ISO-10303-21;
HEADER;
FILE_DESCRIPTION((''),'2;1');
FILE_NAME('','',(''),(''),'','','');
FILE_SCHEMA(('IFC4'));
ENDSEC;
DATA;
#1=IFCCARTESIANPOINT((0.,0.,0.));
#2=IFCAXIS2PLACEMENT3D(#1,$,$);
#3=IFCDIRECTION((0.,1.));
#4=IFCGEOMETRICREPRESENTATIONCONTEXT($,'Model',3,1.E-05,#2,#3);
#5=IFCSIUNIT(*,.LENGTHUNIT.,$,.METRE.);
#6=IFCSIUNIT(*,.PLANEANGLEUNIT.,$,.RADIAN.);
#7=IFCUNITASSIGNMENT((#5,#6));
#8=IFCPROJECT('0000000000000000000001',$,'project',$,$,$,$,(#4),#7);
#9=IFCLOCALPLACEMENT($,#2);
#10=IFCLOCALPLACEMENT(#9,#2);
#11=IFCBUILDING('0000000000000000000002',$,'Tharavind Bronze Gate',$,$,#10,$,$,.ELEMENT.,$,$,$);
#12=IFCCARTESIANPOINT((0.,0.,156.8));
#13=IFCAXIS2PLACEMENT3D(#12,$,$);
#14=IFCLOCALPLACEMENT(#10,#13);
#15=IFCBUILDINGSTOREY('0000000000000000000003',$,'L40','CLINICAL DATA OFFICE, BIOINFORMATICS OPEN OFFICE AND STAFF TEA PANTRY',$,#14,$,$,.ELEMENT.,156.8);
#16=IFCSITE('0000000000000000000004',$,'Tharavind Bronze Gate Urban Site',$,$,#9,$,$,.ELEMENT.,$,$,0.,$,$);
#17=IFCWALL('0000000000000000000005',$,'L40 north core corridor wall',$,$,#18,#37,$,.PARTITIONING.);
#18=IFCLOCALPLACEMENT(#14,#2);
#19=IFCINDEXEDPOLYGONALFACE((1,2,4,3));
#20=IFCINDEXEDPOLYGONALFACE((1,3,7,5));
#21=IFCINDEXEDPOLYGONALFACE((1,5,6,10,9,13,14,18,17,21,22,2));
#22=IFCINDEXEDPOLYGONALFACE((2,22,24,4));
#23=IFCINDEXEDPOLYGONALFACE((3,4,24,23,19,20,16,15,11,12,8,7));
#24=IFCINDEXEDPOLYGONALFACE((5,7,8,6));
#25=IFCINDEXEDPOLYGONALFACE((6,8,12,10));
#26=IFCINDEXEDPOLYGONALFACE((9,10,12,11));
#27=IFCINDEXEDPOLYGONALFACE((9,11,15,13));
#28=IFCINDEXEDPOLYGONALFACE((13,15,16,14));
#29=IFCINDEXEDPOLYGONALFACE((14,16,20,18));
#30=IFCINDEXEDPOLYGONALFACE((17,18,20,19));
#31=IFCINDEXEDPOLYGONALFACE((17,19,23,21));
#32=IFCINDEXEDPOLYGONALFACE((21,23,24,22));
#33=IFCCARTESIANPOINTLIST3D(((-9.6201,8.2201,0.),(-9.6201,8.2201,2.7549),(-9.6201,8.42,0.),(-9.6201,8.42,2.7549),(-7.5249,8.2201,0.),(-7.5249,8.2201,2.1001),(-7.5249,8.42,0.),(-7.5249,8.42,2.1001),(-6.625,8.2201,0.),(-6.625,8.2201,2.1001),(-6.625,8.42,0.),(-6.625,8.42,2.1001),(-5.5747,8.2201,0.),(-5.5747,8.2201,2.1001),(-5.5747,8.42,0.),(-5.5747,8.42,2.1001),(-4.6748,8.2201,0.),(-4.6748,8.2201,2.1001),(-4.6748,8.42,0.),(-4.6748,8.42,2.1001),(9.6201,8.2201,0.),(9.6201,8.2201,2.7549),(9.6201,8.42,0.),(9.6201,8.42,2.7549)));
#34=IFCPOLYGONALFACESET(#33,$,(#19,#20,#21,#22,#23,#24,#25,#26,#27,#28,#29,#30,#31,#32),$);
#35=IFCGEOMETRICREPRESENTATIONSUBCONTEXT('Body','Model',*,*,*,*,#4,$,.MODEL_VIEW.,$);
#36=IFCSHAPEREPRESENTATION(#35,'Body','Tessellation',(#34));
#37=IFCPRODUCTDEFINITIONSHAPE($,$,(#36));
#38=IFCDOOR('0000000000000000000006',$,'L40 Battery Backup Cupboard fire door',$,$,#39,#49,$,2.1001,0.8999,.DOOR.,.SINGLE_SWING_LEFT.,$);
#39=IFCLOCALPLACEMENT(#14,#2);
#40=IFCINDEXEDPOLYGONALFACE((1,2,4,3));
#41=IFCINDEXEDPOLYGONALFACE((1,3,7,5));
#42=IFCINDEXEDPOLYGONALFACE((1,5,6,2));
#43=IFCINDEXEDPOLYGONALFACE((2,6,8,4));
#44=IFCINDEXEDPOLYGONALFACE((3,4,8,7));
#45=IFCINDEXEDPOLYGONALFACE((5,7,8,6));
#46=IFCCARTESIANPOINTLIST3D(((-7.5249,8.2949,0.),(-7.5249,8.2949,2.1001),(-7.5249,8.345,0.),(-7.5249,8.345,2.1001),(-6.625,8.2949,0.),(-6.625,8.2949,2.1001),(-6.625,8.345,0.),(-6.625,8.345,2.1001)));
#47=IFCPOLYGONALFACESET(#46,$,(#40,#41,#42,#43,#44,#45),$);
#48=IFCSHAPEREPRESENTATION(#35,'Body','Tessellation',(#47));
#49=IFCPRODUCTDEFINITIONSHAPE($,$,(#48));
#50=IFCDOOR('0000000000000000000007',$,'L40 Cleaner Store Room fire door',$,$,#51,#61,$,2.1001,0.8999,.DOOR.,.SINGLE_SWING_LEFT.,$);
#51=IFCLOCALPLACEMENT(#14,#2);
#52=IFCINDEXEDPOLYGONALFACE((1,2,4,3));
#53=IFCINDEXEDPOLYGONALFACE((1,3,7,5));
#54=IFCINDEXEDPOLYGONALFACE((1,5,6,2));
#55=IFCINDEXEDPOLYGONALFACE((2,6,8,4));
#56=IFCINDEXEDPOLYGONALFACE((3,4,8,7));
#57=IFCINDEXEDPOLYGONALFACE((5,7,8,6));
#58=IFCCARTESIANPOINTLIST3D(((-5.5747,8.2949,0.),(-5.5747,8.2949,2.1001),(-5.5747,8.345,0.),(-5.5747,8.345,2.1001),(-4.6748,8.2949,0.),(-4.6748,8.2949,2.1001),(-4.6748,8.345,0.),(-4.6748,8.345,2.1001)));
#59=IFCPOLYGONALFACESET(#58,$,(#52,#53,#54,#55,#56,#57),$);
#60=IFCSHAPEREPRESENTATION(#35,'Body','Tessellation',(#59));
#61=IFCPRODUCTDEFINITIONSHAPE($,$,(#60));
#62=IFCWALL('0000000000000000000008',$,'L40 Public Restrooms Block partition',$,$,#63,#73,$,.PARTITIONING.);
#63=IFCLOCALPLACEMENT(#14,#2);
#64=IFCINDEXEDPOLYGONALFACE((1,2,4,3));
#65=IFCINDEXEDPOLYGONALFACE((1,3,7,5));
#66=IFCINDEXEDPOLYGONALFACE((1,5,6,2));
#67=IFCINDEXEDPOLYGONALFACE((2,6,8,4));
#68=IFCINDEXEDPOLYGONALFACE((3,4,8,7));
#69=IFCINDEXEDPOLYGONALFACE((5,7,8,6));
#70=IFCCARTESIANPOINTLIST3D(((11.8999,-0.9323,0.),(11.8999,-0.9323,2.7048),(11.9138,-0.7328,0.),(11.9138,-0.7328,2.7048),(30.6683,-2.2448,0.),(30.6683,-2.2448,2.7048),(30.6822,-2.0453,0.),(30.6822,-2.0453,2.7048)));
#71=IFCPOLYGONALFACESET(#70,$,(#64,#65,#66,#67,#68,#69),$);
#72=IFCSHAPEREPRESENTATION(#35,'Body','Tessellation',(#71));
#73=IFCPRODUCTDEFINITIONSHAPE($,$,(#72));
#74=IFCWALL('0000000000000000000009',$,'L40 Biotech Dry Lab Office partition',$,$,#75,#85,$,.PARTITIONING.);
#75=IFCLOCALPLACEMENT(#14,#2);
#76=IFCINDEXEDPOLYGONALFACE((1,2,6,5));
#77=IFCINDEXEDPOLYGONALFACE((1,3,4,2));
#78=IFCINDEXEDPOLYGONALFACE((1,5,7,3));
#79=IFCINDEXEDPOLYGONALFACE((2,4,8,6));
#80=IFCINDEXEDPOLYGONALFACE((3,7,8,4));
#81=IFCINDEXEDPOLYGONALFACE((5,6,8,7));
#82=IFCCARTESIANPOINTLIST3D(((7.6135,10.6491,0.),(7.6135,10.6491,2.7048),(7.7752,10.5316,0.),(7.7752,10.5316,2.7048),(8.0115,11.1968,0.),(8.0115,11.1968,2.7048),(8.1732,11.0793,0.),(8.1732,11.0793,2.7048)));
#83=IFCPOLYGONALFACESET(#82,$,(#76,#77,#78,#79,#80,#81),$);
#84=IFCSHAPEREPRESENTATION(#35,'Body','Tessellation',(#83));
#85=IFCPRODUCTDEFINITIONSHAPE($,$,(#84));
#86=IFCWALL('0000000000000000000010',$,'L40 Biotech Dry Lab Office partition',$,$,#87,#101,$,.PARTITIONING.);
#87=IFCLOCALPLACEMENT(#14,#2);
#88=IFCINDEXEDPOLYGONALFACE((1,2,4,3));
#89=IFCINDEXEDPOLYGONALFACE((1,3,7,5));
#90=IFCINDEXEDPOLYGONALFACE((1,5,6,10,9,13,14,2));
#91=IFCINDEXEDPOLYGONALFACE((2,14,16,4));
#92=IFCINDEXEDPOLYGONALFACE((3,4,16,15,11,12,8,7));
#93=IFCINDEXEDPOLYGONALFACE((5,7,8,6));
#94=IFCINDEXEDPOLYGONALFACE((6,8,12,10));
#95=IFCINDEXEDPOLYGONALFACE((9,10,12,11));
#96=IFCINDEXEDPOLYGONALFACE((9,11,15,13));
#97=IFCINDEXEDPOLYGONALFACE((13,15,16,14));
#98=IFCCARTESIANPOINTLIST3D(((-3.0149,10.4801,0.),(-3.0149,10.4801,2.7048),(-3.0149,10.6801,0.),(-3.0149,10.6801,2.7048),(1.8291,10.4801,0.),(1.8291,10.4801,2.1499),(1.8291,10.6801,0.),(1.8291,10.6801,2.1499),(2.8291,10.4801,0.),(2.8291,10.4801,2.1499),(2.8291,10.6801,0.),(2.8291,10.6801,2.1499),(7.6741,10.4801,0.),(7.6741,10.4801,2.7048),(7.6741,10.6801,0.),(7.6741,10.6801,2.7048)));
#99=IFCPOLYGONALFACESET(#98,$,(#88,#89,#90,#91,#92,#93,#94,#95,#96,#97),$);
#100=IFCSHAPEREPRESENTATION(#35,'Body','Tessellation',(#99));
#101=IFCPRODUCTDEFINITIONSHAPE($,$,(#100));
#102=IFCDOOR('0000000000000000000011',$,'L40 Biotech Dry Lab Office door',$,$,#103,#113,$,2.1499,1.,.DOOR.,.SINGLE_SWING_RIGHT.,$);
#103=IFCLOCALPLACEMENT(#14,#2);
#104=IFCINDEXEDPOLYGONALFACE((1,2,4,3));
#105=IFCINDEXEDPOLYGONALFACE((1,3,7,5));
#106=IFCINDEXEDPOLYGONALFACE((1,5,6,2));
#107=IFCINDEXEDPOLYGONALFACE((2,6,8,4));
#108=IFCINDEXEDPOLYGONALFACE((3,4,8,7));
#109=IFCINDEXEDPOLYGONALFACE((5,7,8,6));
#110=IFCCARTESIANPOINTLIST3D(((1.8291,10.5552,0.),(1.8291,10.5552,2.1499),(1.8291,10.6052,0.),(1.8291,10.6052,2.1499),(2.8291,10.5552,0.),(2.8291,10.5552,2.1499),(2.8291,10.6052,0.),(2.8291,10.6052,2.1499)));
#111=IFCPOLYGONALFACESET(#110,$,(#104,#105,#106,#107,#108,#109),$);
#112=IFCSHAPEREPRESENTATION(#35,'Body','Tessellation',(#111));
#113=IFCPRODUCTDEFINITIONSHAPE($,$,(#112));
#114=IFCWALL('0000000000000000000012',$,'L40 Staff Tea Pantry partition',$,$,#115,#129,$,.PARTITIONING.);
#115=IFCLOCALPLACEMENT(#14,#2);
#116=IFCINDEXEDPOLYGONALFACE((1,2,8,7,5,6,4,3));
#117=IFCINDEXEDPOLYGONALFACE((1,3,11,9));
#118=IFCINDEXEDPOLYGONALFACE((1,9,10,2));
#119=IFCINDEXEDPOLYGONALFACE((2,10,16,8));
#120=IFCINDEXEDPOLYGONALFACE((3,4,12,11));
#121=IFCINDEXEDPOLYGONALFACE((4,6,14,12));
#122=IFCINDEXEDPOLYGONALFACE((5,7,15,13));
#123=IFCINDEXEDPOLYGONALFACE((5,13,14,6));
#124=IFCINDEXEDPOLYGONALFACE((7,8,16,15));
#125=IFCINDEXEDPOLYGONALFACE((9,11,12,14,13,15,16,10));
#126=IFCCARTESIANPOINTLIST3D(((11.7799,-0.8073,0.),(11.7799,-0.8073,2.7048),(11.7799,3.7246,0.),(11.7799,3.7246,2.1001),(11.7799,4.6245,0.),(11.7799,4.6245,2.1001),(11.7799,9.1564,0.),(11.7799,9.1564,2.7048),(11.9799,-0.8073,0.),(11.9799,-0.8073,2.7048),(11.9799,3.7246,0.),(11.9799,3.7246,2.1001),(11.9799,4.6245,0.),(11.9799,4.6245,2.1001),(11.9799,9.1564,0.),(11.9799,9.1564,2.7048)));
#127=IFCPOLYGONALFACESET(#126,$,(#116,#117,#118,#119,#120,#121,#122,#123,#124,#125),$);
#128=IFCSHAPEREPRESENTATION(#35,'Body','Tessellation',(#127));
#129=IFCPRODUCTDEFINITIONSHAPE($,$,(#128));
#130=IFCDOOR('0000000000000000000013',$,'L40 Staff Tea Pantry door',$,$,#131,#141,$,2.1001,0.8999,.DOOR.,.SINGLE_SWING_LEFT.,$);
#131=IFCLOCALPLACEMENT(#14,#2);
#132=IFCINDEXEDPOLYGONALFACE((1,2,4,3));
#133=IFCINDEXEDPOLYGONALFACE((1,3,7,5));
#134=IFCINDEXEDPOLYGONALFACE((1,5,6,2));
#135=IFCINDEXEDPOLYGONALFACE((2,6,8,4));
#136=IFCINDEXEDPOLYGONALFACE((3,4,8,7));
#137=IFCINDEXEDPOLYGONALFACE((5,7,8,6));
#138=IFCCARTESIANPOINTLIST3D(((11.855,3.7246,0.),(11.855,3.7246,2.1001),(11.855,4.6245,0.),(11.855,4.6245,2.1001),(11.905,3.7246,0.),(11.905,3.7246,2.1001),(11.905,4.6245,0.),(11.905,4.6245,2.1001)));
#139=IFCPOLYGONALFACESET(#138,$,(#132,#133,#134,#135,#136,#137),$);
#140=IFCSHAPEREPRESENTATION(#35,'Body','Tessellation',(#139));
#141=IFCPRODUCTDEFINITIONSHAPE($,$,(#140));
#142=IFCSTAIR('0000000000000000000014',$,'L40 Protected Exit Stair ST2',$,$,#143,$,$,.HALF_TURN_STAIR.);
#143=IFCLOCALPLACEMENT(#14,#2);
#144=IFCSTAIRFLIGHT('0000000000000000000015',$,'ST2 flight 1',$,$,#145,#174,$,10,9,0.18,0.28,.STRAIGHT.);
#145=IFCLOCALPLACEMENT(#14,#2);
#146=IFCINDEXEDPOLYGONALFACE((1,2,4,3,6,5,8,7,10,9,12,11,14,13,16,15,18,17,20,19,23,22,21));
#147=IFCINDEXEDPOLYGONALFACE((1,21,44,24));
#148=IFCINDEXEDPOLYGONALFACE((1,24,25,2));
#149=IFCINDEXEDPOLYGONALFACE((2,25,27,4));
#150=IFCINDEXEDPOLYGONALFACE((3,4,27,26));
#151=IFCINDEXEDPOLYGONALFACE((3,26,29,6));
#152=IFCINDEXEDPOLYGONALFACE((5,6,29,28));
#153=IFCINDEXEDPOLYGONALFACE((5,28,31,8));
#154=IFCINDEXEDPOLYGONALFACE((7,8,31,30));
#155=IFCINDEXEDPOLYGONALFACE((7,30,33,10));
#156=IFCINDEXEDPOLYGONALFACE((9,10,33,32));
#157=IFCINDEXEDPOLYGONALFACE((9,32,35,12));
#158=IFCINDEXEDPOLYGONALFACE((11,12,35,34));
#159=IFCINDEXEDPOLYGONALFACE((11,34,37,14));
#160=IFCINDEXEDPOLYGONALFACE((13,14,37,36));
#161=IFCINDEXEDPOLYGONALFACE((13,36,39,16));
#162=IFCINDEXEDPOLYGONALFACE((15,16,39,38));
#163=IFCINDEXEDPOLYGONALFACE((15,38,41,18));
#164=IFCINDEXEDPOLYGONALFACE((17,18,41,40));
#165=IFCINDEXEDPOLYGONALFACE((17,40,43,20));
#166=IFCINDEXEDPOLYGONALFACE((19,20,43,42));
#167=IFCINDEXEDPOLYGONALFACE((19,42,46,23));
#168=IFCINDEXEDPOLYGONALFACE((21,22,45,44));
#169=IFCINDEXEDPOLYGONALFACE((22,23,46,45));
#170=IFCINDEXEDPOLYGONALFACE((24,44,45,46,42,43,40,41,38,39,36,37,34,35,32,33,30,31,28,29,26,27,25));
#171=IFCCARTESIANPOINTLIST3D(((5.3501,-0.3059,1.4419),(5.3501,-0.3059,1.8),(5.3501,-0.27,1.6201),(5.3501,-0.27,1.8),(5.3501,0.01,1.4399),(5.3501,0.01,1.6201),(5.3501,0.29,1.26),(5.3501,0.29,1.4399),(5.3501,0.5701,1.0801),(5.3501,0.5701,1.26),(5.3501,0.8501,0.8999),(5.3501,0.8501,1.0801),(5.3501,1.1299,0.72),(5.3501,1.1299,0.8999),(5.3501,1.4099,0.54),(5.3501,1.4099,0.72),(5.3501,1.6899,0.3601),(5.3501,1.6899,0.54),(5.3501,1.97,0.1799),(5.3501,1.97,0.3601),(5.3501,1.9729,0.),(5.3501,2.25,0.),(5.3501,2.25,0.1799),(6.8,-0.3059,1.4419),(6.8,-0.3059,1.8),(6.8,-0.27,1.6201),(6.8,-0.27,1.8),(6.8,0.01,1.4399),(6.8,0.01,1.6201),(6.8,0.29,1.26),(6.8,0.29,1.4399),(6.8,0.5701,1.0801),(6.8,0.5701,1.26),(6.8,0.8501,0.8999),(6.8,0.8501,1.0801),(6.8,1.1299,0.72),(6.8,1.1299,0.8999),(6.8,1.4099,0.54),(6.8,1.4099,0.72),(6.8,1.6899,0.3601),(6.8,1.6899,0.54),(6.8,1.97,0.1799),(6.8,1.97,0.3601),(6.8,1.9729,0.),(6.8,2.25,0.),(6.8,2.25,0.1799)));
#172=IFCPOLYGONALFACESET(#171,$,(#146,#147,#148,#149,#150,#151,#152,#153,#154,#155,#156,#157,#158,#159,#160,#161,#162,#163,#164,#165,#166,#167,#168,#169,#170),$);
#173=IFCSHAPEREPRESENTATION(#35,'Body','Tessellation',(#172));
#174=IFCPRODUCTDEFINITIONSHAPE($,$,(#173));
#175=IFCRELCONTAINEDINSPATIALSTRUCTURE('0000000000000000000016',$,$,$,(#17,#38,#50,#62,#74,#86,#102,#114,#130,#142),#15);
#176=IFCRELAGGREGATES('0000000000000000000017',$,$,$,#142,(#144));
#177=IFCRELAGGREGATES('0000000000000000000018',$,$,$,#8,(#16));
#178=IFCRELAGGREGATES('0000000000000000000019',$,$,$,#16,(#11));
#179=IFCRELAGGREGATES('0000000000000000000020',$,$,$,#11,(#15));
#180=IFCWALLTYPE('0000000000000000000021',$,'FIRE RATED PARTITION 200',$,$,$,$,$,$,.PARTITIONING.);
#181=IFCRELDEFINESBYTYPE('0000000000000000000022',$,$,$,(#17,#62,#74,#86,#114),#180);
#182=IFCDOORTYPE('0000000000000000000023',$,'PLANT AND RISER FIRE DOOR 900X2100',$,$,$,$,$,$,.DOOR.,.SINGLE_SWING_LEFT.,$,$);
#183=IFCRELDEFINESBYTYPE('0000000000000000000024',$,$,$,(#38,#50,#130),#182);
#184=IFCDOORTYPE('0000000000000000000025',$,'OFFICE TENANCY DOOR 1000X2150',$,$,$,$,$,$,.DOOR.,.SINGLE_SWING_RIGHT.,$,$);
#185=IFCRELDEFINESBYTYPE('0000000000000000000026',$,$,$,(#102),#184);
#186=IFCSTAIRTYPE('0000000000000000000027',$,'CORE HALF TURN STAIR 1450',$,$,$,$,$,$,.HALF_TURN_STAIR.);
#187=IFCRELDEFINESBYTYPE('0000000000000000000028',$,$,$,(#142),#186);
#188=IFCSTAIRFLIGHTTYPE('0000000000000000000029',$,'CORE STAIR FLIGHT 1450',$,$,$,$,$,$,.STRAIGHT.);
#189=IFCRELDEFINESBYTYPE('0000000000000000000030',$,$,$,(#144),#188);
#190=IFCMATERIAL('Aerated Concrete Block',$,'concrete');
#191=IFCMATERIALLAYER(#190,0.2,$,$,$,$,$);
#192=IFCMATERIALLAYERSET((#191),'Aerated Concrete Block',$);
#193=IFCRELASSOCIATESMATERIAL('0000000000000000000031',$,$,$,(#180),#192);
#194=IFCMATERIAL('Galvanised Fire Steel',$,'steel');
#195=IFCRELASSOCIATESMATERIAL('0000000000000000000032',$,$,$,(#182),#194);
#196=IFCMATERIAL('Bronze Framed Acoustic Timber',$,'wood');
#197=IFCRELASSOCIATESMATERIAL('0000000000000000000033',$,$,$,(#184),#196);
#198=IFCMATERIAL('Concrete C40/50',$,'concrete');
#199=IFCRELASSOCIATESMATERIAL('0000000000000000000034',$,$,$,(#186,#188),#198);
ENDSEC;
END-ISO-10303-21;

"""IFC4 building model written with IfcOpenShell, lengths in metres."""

from ifc_helpers import new_model, si_unit, direction, frame, frame_2d, origin, place, context, subcontext, project, spatial, polyline, rectangle, outline, extrude, material, layer, layer_set, type_object, element, fill, aggregate, save


model = new_model("IFC4")

# Units and contexts
model_context = context("Model", 3, precision=1e-05, world=origin(), true_north=direction((0.0, 1.0)))
body_context = subcontext(model_context, "Body", "Model", "MODEL_VIEW")
ifc_project = project(units=[si_unit("LENGTHUNIT", "METRE"), si_unit("PLANEANGLEUNIT", "RADIAN")], contexts=[model_context])

# Site, building, storey
site_placement = place(None, origin())
site = spatial("IfcSite", under=ifc_project, at=site_placement, Name="Tharavind Bronze Gate Urban Site", CompositionType="ELEMENT", RefElevation=0.0)
building_placement = place(site_placement, origin())
building = spatial("IfcBuilding", under=site, at=building_placement, Name="Tharavind Bronze Gate", CompositionType="ELEMENT")
storey_placement = place(building_placement, frame((0.0, 0.0, 156.8)))
storey = spatial("IfcBuildingStorey", under=building, at=storey_placement, Name="L40", Description="CLINICAL DATA OFFICE, BIOINFORMATICS OPEN OFFICE AND STAFF TEA PANTRY", CompositionType="ELEMENT", Elevation=156.8)

# Wall, openings, doors
ifc_material_1 = material(Name="Aerated Concrete Block", Category="concrete")
ifc_layer_1 = layer(ifc_material_1, 0.2)
ifc_layer_set_1 = layer_set([ifc_layer_1], Name="Aerated Concrete Block")
wall_type = type_object("IfcWallType", Name="FIRE RATED PARTITION 200", PredefinedType="PARTITIONING", material=ifc_layer_set_1)
wall_1_placement = place(storey_placement, frame((9.6201, 8.3201, 0.0), z_axis=(0.0, 0.0, 1.0), x_axis=(-1.0, 0.0, 0.0)))
wall_1 = element("IfcWall", 1, at=wall_1_placement, inside=storey, type_object=wall_type, Name="L40 north core corridor wall", PredefinedType="PARTITIONING", context=body_context, shape_type="SweptSolid", body=[
    extrude(rectangle(XDim=19.2402, YDim=0.2, at=frame_2d((9.6201, 0.0))), origin(), (0.0, 0.0, 1.0), 2.7549),
])
opening_1_placement = place(wall_1_placement, frame((16.2451, 0.0, 0.0)))
opening_1 = element("IfcOpeningElement", 2, at=opening_1_placement, cuts=wall_1, PredefinedType="OPENING", context=body_context, shape_type="SweptSolid", body=[
    extrude(rectangle(XDim=0.8999, YDim=2.1001, at=frame_2d((0.45, 1.05))), frame((0.0, 0.1101, 0.0), z_axis=(0.0, -1.0, 0.0), x_axis=(1.0, 0.0, 0.0)), (0.0, 0.0, 1.0), 0.22),
])
opening_2_placement = place(wall_1_placement, frame((14.2949, 0.0, 0.0)))
opening_2 = element("IfcOpeningElement", 3, at=opening_2_placement, cuts=wall_1, PredefinedType="OPENING", context=body_context, shape_type="SweptSolid", body=[
    extrude(rectangle(XDim=0.8999, YDim=2.1001, at=frame_2d((0.45, 1.05))), frame((0.0, 0.1101, 0.0), z_axis=(0.0, -1.0, 0.0), x_axis=(1.0, 0.0, 0.0)), (0.0, 0.0, 1.0), 0.22),
])
ifc_material_2 = material(Name="Galvanised Fire Steel", Category="steel")
door_type_1 = type_object("IfcDoorType", Name="PLANT AND RISER FIRE DOOR 900X2100", OperationType="SINGLE_SWING_LEFT", PredefinedType="DOOR", material=ifc_material_2)
door_1_placement = place(opening_1_placement, frame((0.8999, 0.0, 0.0), z_axis=(0.0, 0.0, 1.0), x_axis=(-1.0, 0.0, 0.0)))
door_1 = element("IfcDoor", 4, at=door_1_placement, inside=storey, type_object=door_type_1, Name="L40 Battery Backup Cupboard fire door", OperationType="SINGLE_SWING_LEFT", OverallHeight=2.1001, OverallWidth=0.8999, PredefinedType="DOOR", context=body_context, shape_type="SweptSolid", body=[
    extrude(rectangle(XDim=0.8999, YDim=2.1001, at=frame_2d((0.45, 1.05))), frame((0.0, 0.0249, 0.0), z_axis=(0.0, -1.0, 0.0), x_axis=(1.0, 0.0, 0.0)), (0.0, 0.0, 1.0), 0.05),
])
fill(opening_1, door_1)
door_2_placement = place(opening_2_placement, frame((0.8999, 0.0, 0.0), z_axis=(0.0, 0.0, 1.0), x_axis=(-1.0, 0.0, 0.0)))
door_2 = element("IfcDoor", 5, at=door_2_placement, inside=storey, type_object=door_type_1, Name="L40 Cleaner Store Room fire door", OperationType="SINGLE_SWING_LEFT", OverallHeight=2.1001, OverallWidth=0.8999, PredefinedType="DOOR", context=body_context, shape_type="SweptSolid", body=[
    extrude(rectangle(XDim=0.8999, YDim=2.1001, at=frame_2d((0.45, 1.05))), frame((0.0, 0.0249, 0.0), z_axis=(0.0, -1.0, 0.0), x_axis=(1.0, 0.0, 0.0)), (0.0, 0.0, 1.0), 0.05),
])
fill(opening_2, door_2)

# Walls
wall_2_placement = place(storey_placement, frame((11.9067, -0.8325, 0.0), z_axis=(0.0, 0.0, 1.0), x_axis=(0.997564, -0.069761, 0.0)))
element("IfcWall", 6, at=wall_2_placement, inside=storey, type_object=wall_type, Name="L40 Public Restrooms Block partition", PredefinedType="PARTITIONING", context=body_context, shape_type="SweptSolid", body=[
    extrude(rectangle(XDim=18.8142, YDim=0.2, at=frame_2d((9.4072, 0.0))), origin(), (0.0, 0.0, 1.0), 2.7048),
])
wall_3_placement = place(storey_placement, frame((8.0923, 11.1379, 0.0), z_axis=(0.0, 0.0, 1.0), x_axis=(-0.587871, -0.808954, 0.0)))
element("IfcWall", 7, at=wall_3_placement, inside=storey, type_object=wall_type, Name="L40 Biotech Dry Lab Office partition", PredefinedType="PARTITIONING", context=body_context, shape_type="SweptSolid", body=[
    extrude(rectangle(XDim=0.677, YDim=0.2, at=frame_2d((0.3384, 0.0))), origin(), (0.0, 0.0, 1.0), 2.7048),
])

# Walls, openings, doors
wall_4_placement = place(storey_placement, frame((7.6741, 10.5801, 0.0), z_axis=(0.0, 0.0, 1.0), x_axis=(-1.0, 0.0, 0.0)))
wall_4 = element("IfcWall", 8, at=wall_4_placement, inside=storey, type_object=wall_type, Name="L40 Biotech Dry Lab Office partition", PredefinedType="PARTITIONING", context=body_context, shape_type="SweptSolid", body=[
    extrude(rectangle(XDim=10.689, YDim=0.2, at=frame_2d((5.3445, 0.0))), origin(), (0.0, 0.0, 1.0), 2.7048),
])
opening_3_placement = place(wall_4_placement, frame((4.845, 0.0, 0.0)))
opening_3 = element("IfcOpeningElement", 9, at=opening_3_placement, cuts=wall_4, PredefinedType="OPENING", context=body_context, shape_type="SweptSolid", body=[
    extrude(rectangle(XDim=1.0, YDim=2.1499, at=frame_2d((0.5, 1.075))), frame((0.0, 0.1101, 0.0), z_axis=(0.0, -1.0, 0.0), x_axis=(1.0, 0.0, 0.0)), (0.0, 0.0, 1.0), 0.22),
])
ifc_material_3 = material(Name="Bronze Framed Acoustic Timber", Category="wood")
door_type_2 = type_object("IfcDoorType", Name="OFFICE TENANCY DOOR 1000X2150", OperationType="SINGLE_SWING_RIGHT", PredefinedType="DOOR", material=ifc_material_3)
door_3_placement = place(opening_3_placement, origin())
door_3 = element("IfcDoor", 10, at=door_3_placement, inside=storey, type_object=door_type_2, Name="L40 Biotech Dry Lab Office door", OperationType="SINGLE_SWING_RIGHT", OverallHeight=2.1499, OverallWidth=1.0, PredefinedType="DOOR", context=body_context, shape_type="SweptSolid", body=[
    extrude(rectangle(XDim=1.0, YDim=2.1499, at=frame_2d((0.5, 1.075))), frame((0.0, 0.0249, 0.0), z_axis=(0.0, -1.0, 0.0), x_axis=(1.0, 0.0, 0.0)), (0.0, 0.0, 1.0), 0.05),
])
fill(opening_3, door_3)
wall_5_placement = place(storey_placement, frame((11.8799, -0.8074, 0.0), z_axis=(0.0, 0.0, 1.0), x_axis=(0.0, 1.0, 0.0)))
wall_5 = element("IfcWall", 11, at=wall_5_placement, inside=storey, type_object=wall_type, Name="L40 Staff Tea Pantry partition", PredefinedType="PARTITIONING", context=body_context, shape_type="SweptSolid", body=[
    extrude(rectangle(XDim=9.9636, YDim=0.2, at=frame_2d((4.9819, 0.0))), origin(), (0.0, 0.0, 1.0), 2.7048),
])
opening_4_placement = place(wall_5_placement, frame((4.532, 0.0, 0.0)))
opening_4 = element("IfcOpeningElement", 12, at=opening_4_placement, cuts=wall_5, PredefinedType="OPENING", context=body_context, shape_type="SweptSolid", body=[
    extrude(rectangle(XDim=0.8999, YDim=2.1001, at=frame_2d((0.45, 1.05))), frame((0.0, 0.1101, 0.0), z_axis=(0.0, -1.0, 0.0), x_axis=(1.0, 0.0, 0.0)), (0.0, 0.0, 1.0), 0.22),
])
door_4_placement = place(opening_4_placement, origin())
door_4 = element("IfcDoor", 13, at=door_4_placement, inside=storey, type_object=door_type_1, Name="L40 Staff Tea Pantry door", OperationType="SINGLE_SWING_LEFT", OverallHeight=2.1001, OverallWidth=0.8999, PredefinedType="DOOR", context=body_context, shape_type="SweptSolid", body=[
    extrude(rectangle(XDim=0.8999, YDim=2.1001, at=frame_2d((0.45, 1.05))), frame((0.0, 0.0249, 0.0), z_axis=(0.0, -1.0, 0.0), x_axis=(1.0, 0.0, 0.0)), (0.0, 0.0, 1.0), 0.05),
])
fill(opening_4, door_4)

# Stair, stair flight
ifc_material_4 = material(Name="Concrete C40/50", Category="concrete")
stair_type = type_object("IfcStairType", Name="CORE HALF TURN STAIR 1450", PredefinedType="HALF_TURN_STAIR", material=ifc_material_4)
stair_placement = place(storey_placement, origin())
stair = element("IfcStair", 14, at=stair_placement, inside=storey, type_object=stair_type, Name="L40 Protected Exit Stair ST2", PredefinedType="HALF_TURN_STAIR")
stair_flight_type = type_object("IfcStairFlightType", Name="CORE STAIR FLIGHT 1450", PredefinedType="STRAIGHT", material=ifc_material_4)
stair_flight_1_placement = place(storey_placement, frame((6.075, 2.25, 0.0), z_axis=(0.0, 0.0, 1.0), x_axis=(0.0, -1.0, 0.0)))
stair_flight_1 = element("IfcStairFlight", 15, at=stair_flight_1_placement, type_object=stair_flight_type, Name="ST2 flight 1", NumberOfRisers=10, NumberOfTreads=9, PredefinedType="STRAIGHT", RiserHeight=0.18, TreadLength=0.28, context=body_context, shape_type="SweptSolid", body=[
    extrude(outline(polyline([(0.0, 0.0), (0.0, 0.1799), (0.28, 0.1799), (0.28, 0.3601), (0.5601, 0.3601), (0.5601, 0.54), (0.8401, 0.54), (0.8401, 0.72), (1.1201, 0.72), (1.1201, 0.8999), (1.3999, 0.8999), (1.3999, 1.0801), (1.6799, 1.0801), (1.6799, 1.26), (1.96, 1.26), (1.96, 1.4399), (2.24, 1.4399), (2.24, 1.6201), (2.52, 1.6201), (2.52, 1.8), (2.5559, 1.8), (2.5559, 1.4419), (0.2771, 0.0), (0.0, 0.0)])), frame((0.0, 0.7251, 0.0), z_axis=(0.0, -1.0, 0.0), x_axis=(1.0, 0.0, 0.0)), (0.0, 0.0, 1.0), 1.45),
])
aggregate(stair, [stair_flight_1])

save(model, "model.ifc")
